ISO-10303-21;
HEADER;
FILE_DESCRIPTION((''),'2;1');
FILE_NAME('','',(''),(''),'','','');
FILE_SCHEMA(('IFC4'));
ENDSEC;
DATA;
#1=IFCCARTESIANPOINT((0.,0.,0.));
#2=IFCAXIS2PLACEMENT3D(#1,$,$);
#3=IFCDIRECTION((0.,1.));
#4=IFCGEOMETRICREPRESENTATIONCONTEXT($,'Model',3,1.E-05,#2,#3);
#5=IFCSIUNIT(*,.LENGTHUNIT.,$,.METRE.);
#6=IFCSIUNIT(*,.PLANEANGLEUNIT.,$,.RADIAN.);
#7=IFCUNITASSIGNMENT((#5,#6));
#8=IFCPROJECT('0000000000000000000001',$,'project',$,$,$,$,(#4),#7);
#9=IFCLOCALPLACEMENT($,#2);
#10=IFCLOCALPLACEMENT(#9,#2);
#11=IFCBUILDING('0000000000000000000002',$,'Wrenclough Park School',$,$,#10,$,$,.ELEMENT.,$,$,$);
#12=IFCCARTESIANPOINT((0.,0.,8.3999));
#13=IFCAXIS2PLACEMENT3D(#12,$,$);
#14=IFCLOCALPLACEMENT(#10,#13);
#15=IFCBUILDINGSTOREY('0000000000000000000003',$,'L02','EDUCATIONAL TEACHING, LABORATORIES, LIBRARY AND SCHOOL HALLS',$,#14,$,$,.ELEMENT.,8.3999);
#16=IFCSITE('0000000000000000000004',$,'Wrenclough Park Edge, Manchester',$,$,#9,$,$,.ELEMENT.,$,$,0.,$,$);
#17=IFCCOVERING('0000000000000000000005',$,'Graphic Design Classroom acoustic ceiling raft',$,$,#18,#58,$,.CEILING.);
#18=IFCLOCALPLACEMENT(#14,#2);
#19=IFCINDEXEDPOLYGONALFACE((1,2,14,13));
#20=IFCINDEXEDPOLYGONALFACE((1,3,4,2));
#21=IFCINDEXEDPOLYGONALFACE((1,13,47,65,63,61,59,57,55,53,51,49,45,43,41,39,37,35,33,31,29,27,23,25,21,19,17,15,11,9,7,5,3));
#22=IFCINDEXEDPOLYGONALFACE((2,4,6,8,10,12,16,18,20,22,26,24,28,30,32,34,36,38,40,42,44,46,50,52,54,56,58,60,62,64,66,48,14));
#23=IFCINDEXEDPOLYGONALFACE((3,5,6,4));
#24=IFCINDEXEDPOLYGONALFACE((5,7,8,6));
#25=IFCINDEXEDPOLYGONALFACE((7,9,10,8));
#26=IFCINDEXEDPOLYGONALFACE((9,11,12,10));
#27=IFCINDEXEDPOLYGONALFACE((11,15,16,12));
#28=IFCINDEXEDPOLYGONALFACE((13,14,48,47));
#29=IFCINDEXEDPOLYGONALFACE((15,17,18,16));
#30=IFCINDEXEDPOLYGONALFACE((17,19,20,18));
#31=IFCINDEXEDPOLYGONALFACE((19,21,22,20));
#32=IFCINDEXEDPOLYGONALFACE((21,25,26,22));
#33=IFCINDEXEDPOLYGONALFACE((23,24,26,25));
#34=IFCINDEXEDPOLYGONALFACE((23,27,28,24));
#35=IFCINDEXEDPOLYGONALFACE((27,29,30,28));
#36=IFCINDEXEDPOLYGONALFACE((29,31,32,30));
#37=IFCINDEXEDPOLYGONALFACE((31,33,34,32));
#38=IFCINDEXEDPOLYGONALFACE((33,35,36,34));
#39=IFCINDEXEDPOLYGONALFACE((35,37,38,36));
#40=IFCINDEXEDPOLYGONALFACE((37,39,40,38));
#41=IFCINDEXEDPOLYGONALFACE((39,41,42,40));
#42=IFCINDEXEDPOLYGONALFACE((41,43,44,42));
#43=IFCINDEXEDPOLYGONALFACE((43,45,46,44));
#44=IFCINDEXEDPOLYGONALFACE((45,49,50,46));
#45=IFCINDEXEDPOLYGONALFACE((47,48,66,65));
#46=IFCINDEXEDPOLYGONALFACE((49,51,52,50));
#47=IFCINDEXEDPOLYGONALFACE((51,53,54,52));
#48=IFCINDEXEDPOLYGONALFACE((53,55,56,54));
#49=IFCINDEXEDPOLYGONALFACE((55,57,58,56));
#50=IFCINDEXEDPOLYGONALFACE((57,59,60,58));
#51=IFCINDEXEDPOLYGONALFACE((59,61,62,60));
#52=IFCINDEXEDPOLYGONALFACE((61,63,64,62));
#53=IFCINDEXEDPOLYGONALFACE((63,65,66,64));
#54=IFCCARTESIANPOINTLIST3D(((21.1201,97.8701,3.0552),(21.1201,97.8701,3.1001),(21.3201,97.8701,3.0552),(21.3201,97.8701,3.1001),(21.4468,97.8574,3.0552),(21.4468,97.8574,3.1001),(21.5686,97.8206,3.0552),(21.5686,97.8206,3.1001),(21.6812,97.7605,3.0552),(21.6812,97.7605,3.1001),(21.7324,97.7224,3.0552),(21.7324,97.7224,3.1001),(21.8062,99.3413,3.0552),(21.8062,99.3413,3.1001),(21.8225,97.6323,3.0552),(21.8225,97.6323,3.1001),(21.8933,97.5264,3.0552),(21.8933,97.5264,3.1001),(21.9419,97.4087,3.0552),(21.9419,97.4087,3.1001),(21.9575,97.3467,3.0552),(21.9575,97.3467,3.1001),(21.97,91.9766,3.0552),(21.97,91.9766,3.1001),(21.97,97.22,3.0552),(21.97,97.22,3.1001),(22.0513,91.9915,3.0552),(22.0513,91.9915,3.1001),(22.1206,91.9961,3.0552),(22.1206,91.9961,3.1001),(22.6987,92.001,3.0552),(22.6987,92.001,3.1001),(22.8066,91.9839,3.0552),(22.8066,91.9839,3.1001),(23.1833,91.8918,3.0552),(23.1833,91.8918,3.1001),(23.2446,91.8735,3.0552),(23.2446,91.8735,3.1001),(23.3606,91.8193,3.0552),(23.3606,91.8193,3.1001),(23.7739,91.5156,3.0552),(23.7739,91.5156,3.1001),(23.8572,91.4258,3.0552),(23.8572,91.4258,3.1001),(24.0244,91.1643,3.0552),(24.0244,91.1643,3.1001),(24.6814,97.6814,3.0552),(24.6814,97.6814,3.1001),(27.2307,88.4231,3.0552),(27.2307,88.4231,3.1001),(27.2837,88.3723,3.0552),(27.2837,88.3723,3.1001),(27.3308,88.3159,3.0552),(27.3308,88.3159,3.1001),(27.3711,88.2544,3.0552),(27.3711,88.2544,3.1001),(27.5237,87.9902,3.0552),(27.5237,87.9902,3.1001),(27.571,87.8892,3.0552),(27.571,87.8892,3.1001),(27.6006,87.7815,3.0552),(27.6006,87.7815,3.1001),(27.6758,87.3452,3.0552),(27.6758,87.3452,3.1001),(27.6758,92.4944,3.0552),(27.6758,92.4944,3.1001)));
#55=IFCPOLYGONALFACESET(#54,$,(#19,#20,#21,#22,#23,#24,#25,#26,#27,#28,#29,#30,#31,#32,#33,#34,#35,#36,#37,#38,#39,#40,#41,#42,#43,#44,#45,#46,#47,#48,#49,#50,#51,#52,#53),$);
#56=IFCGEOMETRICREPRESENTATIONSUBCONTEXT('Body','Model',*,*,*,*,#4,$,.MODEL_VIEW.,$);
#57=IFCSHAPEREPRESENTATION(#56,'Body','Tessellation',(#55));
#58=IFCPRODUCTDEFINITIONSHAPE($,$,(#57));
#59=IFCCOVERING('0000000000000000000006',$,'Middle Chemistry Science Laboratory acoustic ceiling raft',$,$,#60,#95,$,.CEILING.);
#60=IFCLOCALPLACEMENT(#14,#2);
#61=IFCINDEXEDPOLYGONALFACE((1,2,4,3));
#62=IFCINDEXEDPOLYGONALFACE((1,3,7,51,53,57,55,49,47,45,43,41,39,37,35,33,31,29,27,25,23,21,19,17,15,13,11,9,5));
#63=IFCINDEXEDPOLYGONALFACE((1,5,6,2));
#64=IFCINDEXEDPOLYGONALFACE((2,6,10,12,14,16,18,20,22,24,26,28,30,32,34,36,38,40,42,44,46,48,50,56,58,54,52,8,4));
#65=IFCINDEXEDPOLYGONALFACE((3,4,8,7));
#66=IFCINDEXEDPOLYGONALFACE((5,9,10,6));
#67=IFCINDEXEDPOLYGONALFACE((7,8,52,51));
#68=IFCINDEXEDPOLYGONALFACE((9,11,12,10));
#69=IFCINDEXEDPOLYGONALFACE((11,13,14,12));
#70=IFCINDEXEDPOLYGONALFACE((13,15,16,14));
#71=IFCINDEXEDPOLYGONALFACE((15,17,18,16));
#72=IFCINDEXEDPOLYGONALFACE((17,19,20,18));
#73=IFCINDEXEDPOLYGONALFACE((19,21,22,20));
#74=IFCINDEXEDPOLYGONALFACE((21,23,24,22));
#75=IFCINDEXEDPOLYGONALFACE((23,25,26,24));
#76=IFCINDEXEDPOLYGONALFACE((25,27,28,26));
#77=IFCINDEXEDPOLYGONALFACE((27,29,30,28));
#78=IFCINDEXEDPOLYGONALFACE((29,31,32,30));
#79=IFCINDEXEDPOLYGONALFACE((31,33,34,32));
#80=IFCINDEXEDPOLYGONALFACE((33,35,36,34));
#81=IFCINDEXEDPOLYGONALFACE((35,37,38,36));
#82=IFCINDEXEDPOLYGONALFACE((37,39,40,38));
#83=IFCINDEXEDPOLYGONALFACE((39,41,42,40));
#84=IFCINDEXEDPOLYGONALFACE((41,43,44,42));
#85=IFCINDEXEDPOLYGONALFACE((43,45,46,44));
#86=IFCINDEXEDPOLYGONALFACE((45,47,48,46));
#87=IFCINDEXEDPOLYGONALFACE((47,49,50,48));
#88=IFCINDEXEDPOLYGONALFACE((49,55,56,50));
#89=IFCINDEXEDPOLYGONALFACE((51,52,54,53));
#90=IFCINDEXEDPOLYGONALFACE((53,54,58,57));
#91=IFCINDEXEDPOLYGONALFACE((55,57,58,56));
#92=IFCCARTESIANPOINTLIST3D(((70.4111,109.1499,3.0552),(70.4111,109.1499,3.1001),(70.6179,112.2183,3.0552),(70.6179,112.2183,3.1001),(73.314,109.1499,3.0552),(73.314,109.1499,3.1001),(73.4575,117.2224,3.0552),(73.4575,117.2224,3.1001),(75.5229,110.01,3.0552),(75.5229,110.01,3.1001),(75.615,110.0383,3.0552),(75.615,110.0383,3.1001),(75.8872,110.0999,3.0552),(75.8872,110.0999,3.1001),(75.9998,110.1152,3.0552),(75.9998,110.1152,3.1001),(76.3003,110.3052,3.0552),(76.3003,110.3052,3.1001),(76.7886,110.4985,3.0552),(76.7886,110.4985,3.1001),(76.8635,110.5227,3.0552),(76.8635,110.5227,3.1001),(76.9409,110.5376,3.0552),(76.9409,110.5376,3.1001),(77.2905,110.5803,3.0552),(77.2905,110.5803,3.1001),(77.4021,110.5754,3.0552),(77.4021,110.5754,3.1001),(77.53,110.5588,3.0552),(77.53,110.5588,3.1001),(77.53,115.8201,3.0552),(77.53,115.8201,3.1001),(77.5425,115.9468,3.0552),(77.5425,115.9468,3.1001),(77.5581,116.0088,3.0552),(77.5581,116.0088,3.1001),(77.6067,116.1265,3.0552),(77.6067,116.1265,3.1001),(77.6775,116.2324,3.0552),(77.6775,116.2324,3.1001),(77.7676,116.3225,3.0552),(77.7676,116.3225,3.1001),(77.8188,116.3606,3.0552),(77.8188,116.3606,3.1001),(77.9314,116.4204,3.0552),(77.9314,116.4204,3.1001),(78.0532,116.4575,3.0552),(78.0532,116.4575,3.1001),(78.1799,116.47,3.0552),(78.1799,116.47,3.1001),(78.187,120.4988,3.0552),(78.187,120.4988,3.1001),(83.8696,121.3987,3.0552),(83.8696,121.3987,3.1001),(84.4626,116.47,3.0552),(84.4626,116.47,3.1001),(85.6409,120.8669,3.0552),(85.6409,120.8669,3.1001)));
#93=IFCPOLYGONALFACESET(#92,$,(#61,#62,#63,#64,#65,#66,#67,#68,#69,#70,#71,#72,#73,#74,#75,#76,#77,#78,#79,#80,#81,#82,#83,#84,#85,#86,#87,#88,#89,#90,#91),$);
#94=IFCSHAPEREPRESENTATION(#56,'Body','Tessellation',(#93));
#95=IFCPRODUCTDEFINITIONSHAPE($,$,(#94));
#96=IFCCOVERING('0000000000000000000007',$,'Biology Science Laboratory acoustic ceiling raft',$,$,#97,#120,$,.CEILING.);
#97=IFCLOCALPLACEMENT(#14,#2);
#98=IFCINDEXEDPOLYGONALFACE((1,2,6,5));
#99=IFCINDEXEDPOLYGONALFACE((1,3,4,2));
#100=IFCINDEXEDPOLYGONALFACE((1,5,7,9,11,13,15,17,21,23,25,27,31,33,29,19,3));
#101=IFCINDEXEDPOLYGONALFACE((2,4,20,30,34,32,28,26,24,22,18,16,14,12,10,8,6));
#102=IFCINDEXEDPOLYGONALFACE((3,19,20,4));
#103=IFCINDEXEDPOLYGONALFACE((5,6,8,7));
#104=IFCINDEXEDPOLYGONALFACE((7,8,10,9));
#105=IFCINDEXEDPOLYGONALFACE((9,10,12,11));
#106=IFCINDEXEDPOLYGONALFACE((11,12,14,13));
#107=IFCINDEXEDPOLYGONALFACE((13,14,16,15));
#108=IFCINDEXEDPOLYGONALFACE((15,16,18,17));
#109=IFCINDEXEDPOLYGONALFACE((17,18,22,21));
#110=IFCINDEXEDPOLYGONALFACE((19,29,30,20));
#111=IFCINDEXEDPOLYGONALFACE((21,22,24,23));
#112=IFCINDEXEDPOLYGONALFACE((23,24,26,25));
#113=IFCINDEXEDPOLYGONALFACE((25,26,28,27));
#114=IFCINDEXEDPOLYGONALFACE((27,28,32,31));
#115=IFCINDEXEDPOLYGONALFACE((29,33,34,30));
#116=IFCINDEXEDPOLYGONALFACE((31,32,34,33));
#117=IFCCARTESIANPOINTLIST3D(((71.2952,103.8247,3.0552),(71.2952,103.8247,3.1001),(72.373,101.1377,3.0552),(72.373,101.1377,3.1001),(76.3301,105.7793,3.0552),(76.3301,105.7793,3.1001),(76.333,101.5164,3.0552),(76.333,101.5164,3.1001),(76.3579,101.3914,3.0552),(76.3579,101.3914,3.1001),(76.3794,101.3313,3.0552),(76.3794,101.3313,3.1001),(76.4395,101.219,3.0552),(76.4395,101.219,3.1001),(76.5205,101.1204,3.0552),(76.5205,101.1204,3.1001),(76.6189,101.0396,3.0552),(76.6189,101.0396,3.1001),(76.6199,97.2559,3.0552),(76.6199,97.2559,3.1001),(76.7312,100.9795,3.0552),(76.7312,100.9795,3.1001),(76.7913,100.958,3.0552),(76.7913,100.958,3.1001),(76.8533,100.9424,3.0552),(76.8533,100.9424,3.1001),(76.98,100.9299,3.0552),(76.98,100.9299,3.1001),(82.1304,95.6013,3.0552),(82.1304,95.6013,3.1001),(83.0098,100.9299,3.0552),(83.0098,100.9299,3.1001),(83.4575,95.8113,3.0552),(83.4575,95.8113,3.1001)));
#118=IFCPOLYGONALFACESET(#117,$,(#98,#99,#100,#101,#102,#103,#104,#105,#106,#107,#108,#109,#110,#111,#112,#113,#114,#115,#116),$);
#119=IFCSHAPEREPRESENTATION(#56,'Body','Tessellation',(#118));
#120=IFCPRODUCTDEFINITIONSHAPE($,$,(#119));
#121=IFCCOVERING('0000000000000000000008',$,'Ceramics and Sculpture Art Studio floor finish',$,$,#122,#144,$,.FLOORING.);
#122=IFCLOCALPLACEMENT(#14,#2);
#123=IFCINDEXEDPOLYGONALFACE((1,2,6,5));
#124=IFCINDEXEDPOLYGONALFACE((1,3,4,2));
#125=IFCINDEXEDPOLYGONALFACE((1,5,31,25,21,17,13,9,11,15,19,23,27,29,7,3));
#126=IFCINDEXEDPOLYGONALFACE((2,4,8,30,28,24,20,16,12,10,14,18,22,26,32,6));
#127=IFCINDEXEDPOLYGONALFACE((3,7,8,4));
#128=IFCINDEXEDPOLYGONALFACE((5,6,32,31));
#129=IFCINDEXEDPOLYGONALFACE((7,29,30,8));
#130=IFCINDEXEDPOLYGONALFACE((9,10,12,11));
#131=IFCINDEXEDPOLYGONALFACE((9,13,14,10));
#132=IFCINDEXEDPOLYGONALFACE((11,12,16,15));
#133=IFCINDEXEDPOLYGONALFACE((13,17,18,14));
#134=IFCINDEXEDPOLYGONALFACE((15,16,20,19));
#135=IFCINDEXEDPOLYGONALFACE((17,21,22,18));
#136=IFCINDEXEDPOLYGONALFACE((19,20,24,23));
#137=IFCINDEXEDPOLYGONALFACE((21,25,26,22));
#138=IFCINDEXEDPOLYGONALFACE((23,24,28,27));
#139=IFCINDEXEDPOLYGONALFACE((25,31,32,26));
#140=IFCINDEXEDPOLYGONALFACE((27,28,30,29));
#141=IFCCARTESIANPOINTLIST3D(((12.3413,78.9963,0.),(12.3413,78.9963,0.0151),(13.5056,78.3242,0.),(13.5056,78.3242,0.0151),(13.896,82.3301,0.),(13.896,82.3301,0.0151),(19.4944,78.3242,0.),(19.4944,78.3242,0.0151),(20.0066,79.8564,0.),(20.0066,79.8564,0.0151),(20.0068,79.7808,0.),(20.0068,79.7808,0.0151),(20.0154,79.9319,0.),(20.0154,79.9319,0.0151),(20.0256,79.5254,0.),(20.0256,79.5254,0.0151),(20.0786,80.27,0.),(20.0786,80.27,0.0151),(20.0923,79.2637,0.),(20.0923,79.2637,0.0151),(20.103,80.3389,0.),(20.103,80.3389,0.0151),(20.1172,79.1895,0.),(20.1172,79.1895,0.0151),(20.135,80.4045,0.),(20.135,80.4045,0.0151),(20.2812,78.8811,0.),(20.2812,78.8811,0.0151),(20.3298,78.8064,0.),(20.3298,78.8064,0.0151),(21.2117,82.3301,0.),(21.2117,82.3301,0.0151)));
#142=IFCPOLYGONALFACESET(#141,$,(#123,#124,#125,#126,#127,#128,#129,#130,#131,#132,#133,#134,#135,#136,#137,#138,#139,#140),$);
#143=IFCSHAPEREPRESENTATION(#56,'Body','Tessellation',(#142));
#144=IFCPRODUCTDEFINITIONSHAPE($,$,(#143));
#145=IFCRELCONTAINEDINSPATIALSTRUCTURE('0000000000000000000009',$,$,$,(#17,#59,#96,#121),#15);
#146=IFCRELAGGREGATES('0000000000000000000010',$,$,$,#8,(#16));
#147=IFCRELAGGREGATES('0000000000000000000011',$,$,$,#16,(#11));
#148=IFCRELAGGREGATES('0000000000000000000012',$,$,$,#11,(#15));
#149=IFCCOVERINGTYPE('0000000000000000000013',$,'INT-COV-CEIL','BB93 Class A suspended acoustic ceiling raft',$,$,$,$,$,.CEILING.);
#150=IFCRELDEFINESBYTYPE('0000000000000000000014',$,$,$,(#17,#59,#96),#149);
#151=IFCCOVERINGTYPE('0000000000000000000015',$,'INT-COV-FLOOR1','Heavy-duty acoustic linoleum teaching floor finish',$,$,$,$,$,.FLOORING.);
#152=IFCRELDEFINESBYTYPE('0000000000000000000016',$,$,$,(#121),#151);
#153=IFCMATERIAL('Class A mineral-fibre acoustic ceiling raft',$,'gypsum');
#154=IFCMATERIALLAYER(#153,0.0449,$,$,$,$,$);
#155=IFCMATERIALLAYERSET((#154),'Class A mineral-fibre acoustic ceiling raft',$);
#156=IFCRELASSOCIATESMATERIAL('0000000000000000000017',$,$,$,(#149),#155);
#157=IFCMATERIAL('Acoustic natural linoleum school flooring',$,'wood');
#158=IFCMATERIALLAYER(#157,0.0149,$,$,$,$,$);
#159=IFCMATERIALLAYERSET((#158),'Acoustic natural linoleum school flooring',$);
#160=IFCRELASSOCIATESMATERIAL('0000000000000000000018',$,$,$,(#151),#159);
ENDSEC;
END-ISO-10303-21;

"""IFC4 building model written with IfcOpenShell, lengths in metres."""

from ifc_helpers import new_model, si_unit, direction, frame, origin, place, context, subcontext, project, spatial, polyline, outline, extrude, material, layer, layer_set, type_object, element, save


model = new_model("IFC4")

# Units and contexts
model_context = context("Model", 3, precision=1e-05, world=origin(), true_north=direction((0.0, 1.0)))
body_context = subcontext(model_context, "Body", "Model", "MODEL_VIEW")
ifc_project = project(units=[si_unit("LENGTHUNIT", "METRE"), si_unit("PLANEANGLEUNIT", "RADIAN")], contexts=[model_context])

# Site, building, storey
site_placement = place(None, origin())
site = spatial("IfcSite", under=ifc_project, at=site_placement, Name="Wrenclough Park Edge, Manchester", CompositionType="ELEMENT", RefElevation=0.0)
building_placement = place(site_placement, origin())
building = spatial("IfcBuilding", under=site, at=building_placement, Name="Wrenclough Park School", CompositionType="ELEMENT")
storey_placement = place(building_placement, frame((0.0, 0.0, 8.3999)))
storey = spatial("IfcBuildingStorey", under=building, at=storey_placement, Name="L02", Description="EDUCATIONAL TEACHING, LABORATORIES, LIBRARY AND SCHOOL HALLS", CompositionType="ELEMENT", Elevation=8.3999)

# Coverings
ifc_material_1 = material(Name="Class A mineral-fibre acoustic ceiling raft", Category="gypsum")
ifc_layer_1 = layer(ifc_material_1, 0.0449)
ifc_layer_set_1 = layer_set([ifc_layer_1], Name="Class A mineral-fibre acoustic ceiling raft")
covering_type_1 = type_object("IfcCoveringType", Name="INT-COV-CEIL", Description="BB93 Class A suspended acoustic ceiling raft", PredefinedType="CEILING", material=ifc_layer_set_1)
covering_1_placement = place(storey_placement, frame((0.0, 0.0, 3.0552)))
element("IfcCovering", 1, at=covering_1_placement, inside=storey, type_object=covering_type_1, Name="Graphic Design Classroom acoustic ceiling raft", PredefinedType="CEILING", context=body_context, shape_type="SweptSolid", body=[
    extrude(outline(polyline([(21.97, 97.22), (21.97, 91.9766), (22.0513, 91.9915), (22.1206, 91.9961), (22.6987, 92.001), (22.8066, 91.9839), (23.1833, 91.8918), (23.2446, 91.8735), (23.3606, 91.8193), (23.7739, 91.5156), (23.8572, 91.4258), (24.0244, 91.1643), (27.2307, 88.4231), (27.2837, 88.3723), (27.3308, 88.3159), (27.3711, 88.2544), (27.5237, 87.9902), (27.571, 87.8892), (27.6006, 87.7815), (27.6758, 87.3452), (27.6758, 92.4944), (24.6814, 97.6814), (21.8062, 99.3413), (21.1201, 97.8701), (21.3201, 97.8701), (21.4468, 97.8574), (21.5686, 97.8206), (21.6812, 97.7605), (21.7324, 97.7224), (21.8225, 97.6323), (21.8933, 97.5264), (21.9419, 97.4087), (21.9575, 97.3467), (21.97, 97.22)])), origin(), (0.0, 0.0, 1.0), 0.0449),
])
covering_2_placement = place(storey_placement, frame((0.0, 0.0, 3.0552)))
element("IfcCovering", 2, at=covering_2_placement, inside=storey, type_object=covering_type_1, Name="Middle Chemistry Science Laboratory acoustic ceiling raft", PredefinedType="CEILING", context=body_context, shape_type="SweptSolid", body=[
    extrude(outline(polyline([(75.9998, 110.1152), (76.3003, 110.3052), (76.7886, 110.4985), (76.8635, 110.5227), (76.9409, 110.5376), (77.2905, 110.5803), (77.4021, 110.5754), (77.53, 110.5588), (77.53, 115.8201), (77.5425, 115.9468), (77.5581, 116.0088), (77.6067, 116.1265), (77.6775, 116.2324), (77.7676, 116.3225), (77.8188, 116.3606), (77.9314, 116.4204), (78.0532, 116.4575), (78.1799, 116.47), (84.4626, 116.47), (85.6409, 120.8669), (83.8696, 121.3987), (78.187, 120.4988), (73.4575, 117.2224), (70.6179, 112.2183), (70.4111, 109.1499), (73.314, 109.1499), (75.5229, 110.01), (75.615, 110.0383), (75.8872, 110.0999), (75.9998, 110.1152)])), origin(), (0.0, 0.0, 1.0), 0.0449),
])
covering_3_placement = place(storey_placement, frame((0.0, 0.0, 3.0552)))
element("IfcCovering", 3, at=covering_3_placement, inside=storey, type_object=covering_type_1, Name="Biology Science Laboratory acoustic ceiling raft", PredefinedType="CEILING", context=body_context, shape_type="SweptSolid", body=[
    extrude(outline(polyline([(71.2952, 103.8247), (72.373, 101.1377), (76.6199, 97.2559), (82.1304, 95.6013), (83.4575, 95.8113), (83.0098, 100.9299), (76.98, 100.9299), (76.8533, 100.9424), (76.7913, 100.958), (76.7312, 100.9795), (76.6189, 101.0396), (76.5205, 101.1204), (76.4395, 101.219), (76.3794, 101.3313), (76.3579, 101.3914), (76.333, 101.5164), (76.3301, 105.7793), (71.2952, 103.8247)])), origin(), (0.0, 0.0, 1.0), 0.0449),
])
ifc_material_2 = material(Name="Acoustic natural linoleum school flooring", Category="wood")
ifc_layer_2 = layer(ifc_material_2, 0.0149)
ifc_layer_set_2 = layer_set([ifc_layer_2], Name="Acoustic natural linoleum school flooring")
covering_type_2 = type_object("IfcCoveringType", Name="INT-COV-FLOOR1", Description="Heavy-duty acoustic linoleum teaching floor finish", PredefinedType="FLOORING", material=ifc_layer_set_2)
covering_4_placement = place(storey_placement, origin())
element("IfcCovering", 4, at=covering_4_placement, inside=storey, type_object=covering_type_2, Name="Ceramics and Sculpture Art Studio floor finish", PredefinedType="FLOORING", context=body_context, shape_type="SweptSolid", body=[
    extrude(outline(polyline([(21.2117, 82.3301), (13.896, 82.3301), (12.3413, 78.9963), (13.5056, 78.3242), (19.4944, 78.3242), (20.3298, 78.8064), (20.2812, 78.8811), (20.1172, 79.1895), (20.0923, 79.2637), (20.0256, 79.5254), (20.0068, 79.7808), (20.0066, 79.8564), (20.0154, 79.9319), (20.0786, 80.27), (20.103, 80.3389), (20.135, 80.4045), (21.2117, 82.3301)])), origin(), (0.0, 0.0, 1.0), 0.0151),
])

save(model, "model.ifc")
